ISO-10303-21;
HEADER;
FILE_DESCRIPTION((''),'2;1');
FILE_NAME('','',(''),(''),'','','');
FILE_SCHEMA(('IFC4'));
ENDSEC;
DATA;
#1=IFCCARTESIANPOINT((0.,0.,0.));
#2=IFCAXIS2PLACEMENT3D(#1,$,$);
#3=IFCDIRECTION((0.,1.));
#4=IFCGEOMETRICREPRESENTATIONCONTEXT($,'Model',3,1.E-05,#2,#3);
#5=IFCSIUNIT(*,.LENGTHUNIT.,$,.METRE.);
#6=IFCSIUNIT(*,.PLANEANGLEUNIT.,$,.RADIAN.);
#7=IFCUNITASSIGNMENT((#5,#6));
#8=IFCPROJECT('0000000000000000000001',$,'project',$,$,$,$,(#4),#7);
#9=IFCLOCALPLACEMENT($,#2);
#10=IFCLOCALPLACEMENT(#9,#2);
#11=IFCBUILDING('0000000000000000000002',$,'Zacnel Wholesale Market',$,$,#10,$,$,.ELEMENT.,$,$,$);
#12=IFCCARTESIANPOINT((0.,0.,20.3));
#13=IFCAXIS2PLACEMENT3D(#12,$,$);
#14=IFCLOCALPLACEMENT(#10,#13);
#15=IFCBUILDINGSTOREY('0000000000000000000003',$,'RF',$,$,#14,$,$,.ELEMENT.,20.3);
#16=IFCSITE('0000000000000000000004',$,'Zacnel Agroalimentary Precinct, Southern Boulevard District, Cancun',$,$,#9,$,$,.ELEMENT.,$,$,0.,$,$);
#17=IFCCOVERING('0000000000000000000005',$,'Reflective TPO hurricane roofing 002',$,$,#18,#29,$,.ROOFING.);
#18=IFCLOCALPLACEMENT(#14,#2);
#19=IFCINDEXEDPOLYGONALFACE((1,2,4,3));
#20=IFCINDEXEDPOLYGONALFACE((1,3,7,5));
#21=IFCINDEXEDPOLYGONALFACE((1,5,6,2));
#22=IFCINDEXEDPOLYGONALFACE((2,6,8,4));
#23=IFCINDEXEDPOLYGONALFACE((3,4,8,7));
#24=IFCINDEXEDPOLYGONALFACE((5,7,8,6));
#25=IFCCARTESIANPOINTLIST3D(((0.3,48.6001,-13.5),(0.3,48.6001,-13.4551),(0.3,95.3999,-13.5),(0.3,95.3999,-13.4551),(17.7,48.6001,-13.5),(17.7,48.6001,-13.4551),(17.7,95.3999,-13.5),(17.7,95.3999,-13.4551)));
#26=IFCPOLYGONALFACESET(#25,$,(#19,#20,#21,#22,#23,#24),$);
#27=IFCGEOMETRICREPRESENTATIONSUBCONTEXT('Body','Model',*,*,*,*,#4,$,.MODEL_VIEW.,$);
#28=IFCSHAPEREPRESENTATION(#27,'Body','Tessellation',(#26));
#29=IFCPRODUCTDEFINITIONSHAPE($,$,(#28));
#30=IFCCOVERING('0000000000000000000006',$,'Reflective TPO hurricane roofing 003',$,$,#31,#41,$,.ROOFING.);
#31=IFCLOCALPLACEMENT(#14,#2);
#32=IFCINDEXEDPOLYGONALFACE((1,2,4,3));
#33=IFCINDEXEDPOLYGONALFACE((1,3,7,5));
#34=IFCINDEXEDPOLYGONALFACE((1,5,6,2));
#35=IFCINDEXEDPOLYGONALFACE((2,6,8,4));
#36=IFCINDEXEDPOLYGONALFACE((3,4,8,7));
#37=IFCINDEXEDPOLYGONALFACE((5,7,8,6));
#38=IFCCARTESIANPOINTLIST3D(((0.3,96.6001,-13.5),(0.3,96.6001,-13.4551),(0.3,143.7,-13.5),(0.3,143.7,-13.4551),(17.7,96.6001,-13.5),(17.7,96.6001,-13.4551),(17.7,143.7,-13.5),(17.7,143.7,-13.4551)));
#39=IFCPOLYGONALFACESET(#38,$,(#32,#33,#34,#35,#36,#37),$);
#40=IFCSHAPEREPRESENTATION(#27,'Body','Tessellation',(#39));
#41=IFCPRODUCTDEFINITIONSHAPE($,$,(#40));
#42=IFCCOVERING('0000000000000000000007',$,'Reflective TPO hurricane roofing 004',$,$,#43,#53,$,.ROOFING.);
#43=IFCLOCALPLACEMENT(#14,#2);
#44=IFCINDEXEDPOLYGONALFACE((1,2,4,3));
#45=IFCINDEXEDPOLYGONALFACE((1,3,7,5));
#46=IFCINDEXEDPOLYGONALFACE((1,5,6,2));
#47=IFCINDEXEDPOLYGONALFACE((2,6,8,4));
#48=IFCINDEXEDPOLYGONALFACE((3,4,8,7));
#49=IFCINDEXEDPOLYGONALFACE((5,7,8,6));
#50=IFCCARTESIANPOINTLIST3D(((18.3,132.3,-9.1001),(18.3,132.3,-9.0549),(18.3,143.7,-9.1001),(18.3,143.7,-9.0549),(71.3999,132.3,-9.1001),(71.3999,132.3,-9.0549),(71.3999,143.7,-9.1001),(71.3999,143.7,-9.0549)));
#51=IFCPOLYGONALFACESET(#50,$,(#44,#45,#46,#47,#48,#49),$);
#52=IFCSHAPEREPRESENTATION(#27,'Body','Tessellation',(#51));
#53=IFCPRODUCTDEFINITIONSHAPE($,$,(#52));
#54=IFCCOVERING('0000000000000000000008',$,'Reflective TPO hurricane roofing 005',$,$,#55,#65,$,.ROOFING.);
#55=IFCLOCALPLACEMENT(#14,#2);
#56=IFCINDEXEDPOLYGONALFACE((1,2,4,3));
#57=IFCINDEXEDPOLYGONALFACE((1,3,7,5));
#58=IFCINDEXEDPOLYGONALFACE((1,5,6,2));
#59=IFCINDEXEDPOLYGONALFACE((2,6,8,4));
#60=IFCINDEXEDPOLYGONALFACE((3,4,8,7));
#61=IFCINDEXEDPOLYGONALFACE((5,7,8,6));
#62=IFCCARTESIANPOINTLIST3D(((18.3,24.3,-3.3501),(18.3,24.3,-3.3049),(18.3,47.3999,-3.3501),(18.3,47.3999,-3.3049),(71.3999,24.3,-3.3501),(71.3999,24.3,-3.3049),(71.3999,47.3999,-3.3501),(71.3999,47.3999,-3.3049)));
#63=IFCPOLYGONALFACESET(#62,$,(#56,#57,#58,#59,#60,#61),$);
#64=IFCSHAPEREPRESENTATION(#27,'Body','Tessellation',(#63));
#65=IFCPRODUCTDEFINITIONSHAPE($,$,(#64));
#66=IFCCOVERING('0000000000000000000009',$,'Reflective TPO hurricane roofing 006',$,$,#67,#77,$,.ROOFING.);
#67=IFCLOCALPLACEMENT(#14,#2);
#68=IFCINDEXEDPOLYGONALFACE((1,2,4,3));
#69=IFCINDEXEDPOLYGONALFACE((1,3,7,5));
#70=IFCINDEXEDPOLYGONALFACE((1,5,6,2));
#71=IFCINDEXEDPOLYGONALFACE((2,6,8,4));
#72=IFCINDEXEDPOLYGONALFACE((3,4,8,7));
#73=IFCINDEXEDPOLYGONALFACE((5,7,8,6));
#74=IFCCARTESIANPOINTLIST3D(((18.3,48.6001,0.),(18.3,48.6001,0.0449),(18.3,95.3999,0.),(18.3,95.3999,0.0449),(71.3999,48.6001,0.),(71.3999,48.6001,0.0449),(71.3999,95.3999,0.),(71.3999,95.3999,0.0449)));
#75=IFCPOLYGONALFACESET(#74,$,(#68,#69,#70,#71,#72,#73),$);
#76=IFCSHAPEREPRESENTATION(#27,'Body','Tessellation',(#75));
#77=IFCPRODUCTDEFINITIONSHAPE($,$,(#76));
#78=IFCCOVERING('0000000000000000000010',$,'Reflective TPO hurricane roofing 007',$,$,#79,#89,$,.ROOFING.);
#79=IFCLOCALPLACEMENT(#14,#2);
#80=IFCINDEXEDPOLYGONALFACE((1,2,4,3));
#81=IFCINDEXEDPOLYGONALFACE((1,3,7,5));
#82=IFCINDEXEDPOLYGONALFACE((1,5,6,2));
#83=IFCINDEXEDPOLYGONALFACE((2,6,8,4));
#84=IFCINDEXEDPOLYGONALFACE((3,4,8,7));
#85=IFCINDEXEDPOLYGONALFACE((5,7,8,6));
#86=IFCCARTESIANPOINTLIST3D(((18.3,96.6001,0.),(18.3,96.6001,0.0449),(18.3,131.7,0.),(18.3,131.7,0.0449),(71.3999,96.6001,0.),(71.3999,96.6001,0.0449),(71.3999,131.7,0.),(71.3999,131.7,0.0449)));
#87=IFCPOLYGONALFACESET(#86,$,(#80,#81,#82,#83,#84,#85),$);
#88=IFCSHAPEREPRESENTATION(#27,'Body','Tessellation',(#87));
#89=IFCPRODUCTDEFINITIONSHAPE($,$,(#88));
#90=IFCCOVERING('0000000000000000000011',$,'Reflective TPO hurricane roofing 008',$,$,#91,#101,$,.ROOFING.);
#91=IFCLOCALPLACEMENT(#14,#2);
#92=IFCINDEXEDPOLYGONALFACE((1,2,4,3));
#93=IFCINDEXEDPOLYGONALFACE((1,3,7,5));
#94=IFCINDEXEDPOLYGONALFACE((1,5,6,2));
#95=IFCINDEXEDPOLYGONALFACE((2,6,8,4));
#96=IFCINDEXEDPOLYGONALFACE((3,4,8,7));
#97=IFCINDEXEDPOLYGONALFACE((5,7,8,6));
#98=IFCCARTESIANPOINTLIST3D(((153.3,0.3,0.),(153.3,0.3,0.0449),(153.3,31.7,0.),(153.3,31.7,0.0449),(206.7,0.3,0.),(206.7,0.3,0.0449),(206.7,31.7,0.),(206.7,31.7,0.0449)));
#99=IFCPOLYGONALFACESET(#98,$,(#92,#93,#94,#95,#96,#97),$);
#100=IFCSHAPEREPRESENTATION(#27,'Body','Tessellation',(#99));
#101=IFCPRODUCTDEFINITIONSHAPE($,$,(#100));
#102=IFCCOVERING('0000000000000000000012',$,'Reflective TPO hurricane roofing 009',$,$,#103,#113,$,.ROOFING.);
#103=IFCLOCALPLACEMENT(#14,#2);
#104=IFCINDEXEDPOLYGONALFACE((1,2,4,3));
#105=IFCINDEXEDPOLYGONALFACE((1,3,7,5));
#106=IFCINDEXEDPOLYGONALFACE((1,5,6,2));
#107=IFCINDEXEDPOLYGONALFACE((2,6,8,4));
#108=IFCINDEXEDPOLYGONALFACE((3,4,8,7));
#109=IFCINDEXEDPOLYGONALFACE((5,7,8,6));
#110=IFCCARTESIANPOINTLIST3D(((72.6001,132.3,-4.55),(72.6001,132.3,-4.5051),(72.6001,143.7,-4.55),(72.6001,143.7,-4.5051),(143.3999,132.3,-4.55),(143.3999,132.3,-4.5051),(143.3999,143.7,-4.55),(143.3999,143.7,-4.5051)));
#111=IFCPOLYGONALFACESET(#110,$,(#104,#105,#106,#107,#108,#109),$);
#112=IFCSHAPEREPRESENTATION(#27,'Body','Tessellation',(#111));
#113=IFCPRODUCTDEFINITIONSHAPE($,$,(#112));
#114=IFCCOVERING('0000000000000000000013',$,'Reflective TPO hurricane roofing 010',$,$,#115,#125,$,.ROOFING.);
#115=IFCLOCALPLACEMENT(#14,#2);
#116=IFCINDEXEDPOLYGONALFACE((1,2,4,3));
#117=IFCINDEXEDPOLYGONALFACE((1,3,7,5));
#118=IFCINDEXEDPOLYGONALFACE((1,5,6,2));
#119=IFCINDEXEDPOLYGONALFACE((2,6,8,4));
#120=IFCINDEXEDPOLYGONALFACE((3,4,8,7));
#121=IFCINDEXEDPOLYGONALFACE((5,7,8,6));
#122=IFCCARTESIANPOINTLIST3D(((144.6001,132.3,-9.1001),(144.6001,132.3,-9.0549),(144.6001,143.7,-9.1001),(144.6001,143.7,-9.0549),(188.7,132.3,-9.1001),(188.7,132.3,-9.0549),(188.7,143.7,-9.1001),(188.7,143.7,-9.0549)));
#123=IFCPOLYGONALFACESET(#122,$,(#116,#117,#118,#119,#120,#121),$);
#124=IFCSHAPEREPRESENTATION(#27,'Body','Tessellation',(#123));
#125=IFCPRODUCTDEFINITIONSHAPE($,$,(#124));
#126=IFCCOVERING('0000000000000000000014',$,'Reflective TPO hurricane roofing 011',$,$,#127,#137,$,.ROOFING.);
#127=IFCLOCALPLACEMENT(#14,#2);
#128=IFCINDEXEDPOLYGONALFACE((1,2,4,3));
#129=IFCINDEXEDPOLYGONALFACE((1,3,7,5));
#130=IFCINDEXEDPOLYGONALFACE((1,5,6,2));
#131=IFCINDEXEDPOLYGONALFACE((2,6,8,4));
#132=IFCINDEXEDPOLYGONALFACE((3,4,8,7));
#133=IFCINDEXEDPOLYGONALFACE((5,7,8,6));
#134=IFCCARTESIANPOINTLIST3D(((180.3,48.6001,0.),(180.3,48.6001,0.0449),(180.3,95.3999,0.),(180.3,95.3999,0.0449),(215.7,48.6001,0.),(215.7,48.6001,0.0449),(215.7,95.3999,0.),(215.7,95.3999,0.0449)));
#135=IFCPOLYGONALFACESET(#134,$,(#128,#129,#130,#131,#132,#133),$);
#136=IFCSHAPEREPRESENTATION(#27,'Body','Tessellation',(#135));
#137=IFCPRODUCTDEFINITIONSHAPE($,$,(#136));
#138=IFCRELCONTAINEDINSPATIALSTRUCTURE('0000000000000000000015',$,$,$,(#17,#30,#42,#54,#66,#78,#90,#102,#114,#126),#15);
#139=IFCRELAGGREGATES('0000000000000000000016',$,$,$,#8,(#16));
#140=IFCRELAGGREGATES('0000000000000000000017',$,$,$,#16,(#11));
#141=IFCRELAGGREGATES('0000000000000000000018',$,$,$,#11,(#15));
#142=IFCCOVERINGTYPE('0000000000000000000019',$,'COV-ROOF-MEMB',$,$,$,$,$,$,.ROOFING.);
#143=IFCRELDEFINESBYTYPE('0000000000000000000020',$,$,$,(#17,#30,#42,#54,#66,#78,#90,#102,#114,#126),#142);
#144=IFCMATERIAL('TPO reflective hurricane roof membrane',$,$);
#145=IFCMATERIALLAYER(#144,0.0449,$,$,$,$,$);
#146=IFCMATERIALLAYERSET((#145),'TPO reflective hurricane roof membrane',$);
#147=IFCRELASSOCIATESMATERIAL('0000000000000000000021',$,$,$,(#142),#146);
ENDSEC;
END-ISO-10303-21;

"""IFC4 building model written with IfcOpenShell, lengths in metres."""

from ifc_helpers import new_model, si_unit, direction, frame, origin, place, context, subcontext, project, spatial, polyline, outline, extrude, material, layer, layer_set, type_object, element, save


model = new_model("IFC4")

# Units and contexts
model_context = context("Model", 3, precision=1e-05, world=origin(), true_north=direction((0.0, 1.0)))
body_context = subcontext(model_context, "Body", "Model", "MODEL_VIEW")
ifc_project = project(units=[si_unit("LENGTHUNIT", "METRE"), si_unit("PLANEANGLEUNIT", "RADIAN")], contexts=[model_context])

# Site, building, storey
site_placement = place(None, origin())
site = spatial("IfcSite", under=ifc_project, at=site_placement, Name="Zacnel Agroalimentary Precinct, Southern Boulevard District, Cancun", CompositionType="ELEMENT", RefElevation=0.0)
building_placement = place(site_placement, origin())
building = spatial("IfcBuilding", under=site, at=building_placement, Name="Zacnel Wholesale Market", CompositionType="ELEMENT")
storey_placement = place(building_placement, frame((0.0, 0.0, 20.3)))
storey = spatial("IfcBuildingStorey", under=building, at=storey_placement, Name="RF", CompositionType="ELEMENT", Elevation=20.3)

# Coverings
ifc_material_1 = material(Name="TPO reflective hurricane roof membrane")
ifc_layer_1 = layer(ifc_material_1, 0.0449)
ifc_layer_set_1 = layer_set([ifc_layer_1], Name="TPO reflective hurricane roof membrane")
covering_type_1 = type_object("IfcCoveringType", Name="COV-ROOF-MEMB", PredefinedType="ROOFING", material=ifc_layer_set_1)
covering_1_placement = place(storey_placement, frame((0.0, 0.0, -13.5)))
element("IfcCovering", 1, at=covering_1_placement, inside=storey, type_object=covering_type_1, Name="Reflective TPO hurricane roofing 002", PredefinedType="ROOFING", context=body_context, shape_type="SweptSolid", body=[
    extrude(outline(polyline([(0.3, 48.6001), (17.7, 48.6001), (17.7, 95.3999), (0.3, 95.3999), (0.3, 48.6001)])), origin(), (0.0, 0.0, 1.0), 0.0449),
])
covering_2_placement = place(storey_placement, frame((0.0, 0.0, -13.5)))
element("IfcCovering", 2, at=covering_2_placement, inside=storey, type_object=covering_type_1, Name="Reflective TPO hurricane roofing 003", PredefinedType="ROOFING", context=body_context, shape_type="SweptSolid", body=[
    extrude(outline(polyline([(0.3, 96.6001), (17.7, 96.6001), (17.7, 143.7), (0.3, 143.7), (0.3, 96.6001)])), origin(), (0.0, 0.0, 1.0), 0.0449),
])
covering_3_placement = place(storey_placement, frame((0.0, 0.0, -9.1001)))
element("IfcCovering", 3, at=covering_3_placement, inside=storey, type_object=covering_type_1, Name="Reflective TPO hurricane roofing 004", PredefinedType="ROOFING", context=body_context, shape_type="SweptSolid", body=[
    extrude(outline(polyline([(18.3, 132.3), (71.3999, 132.3), (71.3999, 143.7), (18.3, 143.7), (18.3, 132.3)])), origin(), (0.0, 0.0, 1.0), 0.0452),
])
covering_4_placement = place(storey_placement, frame((0.0, 0.0, -3.3501)))
element("IfcCovering", 4, at=covering_4_placement, inside=storey, type_object=covering_type_1, Name="Reflective TPO hurricane roofing 005", PredefinedType="ROOFING", context=body_context, shape_type="SweptSolid", body=[
    extrude(outline(polyline([(18.3, 24.3), (71.3999, 24.3), (71.3999, 47.3999), (18.3, 47.3999), (18.3, 24.3)])), origin(), (0.0, 0.0, 1.0), 0.0452),
])
covering_5_placement = place(storey_placement, origin())
element("IfcCovering", 5, at=covering_5_placement, inside=storey, type_object=covering_type_1, Name="Reflective TPO hurricane roofing 006", PredefinedType="ROOFING", context=body_context, shape_type="SweptSolid", body=[
    extrude(outline(polyline([(18.3, 48.6001), (71.3999, 48.6001), (71.3999, 95.3999), (18.3, 95.3999), (18.3, 48.6001)])), origin(), (0.0, 0.0, 1.0), 0.0449),
])
covering_6_placement = place(storey_placement, origin())
element("IfcCovering", 6, at=covering_6_placement, inside=storey, type_object=covering_type_1, Name="Reflective TPO hurricane roofing 007", PredefinedType="ROOFING", context=body_context, shape_type="SweptSolid", body=[
    extrude(outline(polyline([(18.3, 96.6001), (71.3999, 96.6001), (71.3999, 131.7), (18.3, 131.7), (18.3, 96.6001)])), origin(), (0.0, 0.0, 1.0), 0.0449),
])
covering_7_placement = place(storey_placement, origin())
element("IfcCovering", 7, at=covering_7_placement, inside=storey, type_object=covering_type_1, Name="Reflective TPO hurricane roofing 008", PredefinedType="ROOFING", context=body_context, shape_type="SweptSolid", body=[
    extrude(outline(polyline([(153.3, 0.3), (206.7, 0.3), (206.7, 31.7), (153.3, 31.7), (153.3, 0.3)])), origin(), (0.0, 0.0, 1.0), 0.0449),
])
covering_8_placement = place(storey_placement, frame((0.0, 0.0, -4.55)))
element("IfcCovering", 8, at=covering_8_placement, inside=storey, type_object=covering_type_1, Name="Reflective TPO hurricane roofing 009", PredefinedType="ROOFING", context=body_context, shape_type="SweptSolid", body=[
    extrude(outline(polyline([(72.6001, 132.3), (143.3999, 132.3), (143.3999, 143.7), (72.6001, 143.7), (72.6001, 132.3)])), origin(), (0.0, 0.0, 1.0), 0.0449),
])
covering_9_placement = place(storey_placement, frame((0.0, 0.0, -9.1001)))
element("IfcCovering", 9, at=covering_9_placement, inside=storey, type_object=covering_type_1, Name="Reflective TPO hurricane roofing 010", PredefinedType="ROOFING", context=body_context, shape_type="SweptSolid", body=[
    extrude(outline(polyline([(144.6001, 132.3), (188.7, 132.3), (188.7, 143.7), (144.6001, 143.7), (144.6001, 132.3)])), origin(), (0.0, 0.0, 1.0), 0.0452),
])
covering_10_placement = place(storey_placement, origin())
element("IfcCovering", 10, at=covering_10_placement, inside=storey, type_object=covering_type_1, Name="Reflective TPO hurricane roofing 011", PredefinedType="ROOFING", context=body_context, shape_type="SweptSolid", body=[
    extrude(outline(polyline([(180.3, 48.6001), (215.7, 48.6001), (215.7, 95.3999), (180.3, 95.3999), (180.3, 48.6001)])), origin(), (0.0, 0.0, 1.0), 0.0449),
])

save(model, "model.ifc")
